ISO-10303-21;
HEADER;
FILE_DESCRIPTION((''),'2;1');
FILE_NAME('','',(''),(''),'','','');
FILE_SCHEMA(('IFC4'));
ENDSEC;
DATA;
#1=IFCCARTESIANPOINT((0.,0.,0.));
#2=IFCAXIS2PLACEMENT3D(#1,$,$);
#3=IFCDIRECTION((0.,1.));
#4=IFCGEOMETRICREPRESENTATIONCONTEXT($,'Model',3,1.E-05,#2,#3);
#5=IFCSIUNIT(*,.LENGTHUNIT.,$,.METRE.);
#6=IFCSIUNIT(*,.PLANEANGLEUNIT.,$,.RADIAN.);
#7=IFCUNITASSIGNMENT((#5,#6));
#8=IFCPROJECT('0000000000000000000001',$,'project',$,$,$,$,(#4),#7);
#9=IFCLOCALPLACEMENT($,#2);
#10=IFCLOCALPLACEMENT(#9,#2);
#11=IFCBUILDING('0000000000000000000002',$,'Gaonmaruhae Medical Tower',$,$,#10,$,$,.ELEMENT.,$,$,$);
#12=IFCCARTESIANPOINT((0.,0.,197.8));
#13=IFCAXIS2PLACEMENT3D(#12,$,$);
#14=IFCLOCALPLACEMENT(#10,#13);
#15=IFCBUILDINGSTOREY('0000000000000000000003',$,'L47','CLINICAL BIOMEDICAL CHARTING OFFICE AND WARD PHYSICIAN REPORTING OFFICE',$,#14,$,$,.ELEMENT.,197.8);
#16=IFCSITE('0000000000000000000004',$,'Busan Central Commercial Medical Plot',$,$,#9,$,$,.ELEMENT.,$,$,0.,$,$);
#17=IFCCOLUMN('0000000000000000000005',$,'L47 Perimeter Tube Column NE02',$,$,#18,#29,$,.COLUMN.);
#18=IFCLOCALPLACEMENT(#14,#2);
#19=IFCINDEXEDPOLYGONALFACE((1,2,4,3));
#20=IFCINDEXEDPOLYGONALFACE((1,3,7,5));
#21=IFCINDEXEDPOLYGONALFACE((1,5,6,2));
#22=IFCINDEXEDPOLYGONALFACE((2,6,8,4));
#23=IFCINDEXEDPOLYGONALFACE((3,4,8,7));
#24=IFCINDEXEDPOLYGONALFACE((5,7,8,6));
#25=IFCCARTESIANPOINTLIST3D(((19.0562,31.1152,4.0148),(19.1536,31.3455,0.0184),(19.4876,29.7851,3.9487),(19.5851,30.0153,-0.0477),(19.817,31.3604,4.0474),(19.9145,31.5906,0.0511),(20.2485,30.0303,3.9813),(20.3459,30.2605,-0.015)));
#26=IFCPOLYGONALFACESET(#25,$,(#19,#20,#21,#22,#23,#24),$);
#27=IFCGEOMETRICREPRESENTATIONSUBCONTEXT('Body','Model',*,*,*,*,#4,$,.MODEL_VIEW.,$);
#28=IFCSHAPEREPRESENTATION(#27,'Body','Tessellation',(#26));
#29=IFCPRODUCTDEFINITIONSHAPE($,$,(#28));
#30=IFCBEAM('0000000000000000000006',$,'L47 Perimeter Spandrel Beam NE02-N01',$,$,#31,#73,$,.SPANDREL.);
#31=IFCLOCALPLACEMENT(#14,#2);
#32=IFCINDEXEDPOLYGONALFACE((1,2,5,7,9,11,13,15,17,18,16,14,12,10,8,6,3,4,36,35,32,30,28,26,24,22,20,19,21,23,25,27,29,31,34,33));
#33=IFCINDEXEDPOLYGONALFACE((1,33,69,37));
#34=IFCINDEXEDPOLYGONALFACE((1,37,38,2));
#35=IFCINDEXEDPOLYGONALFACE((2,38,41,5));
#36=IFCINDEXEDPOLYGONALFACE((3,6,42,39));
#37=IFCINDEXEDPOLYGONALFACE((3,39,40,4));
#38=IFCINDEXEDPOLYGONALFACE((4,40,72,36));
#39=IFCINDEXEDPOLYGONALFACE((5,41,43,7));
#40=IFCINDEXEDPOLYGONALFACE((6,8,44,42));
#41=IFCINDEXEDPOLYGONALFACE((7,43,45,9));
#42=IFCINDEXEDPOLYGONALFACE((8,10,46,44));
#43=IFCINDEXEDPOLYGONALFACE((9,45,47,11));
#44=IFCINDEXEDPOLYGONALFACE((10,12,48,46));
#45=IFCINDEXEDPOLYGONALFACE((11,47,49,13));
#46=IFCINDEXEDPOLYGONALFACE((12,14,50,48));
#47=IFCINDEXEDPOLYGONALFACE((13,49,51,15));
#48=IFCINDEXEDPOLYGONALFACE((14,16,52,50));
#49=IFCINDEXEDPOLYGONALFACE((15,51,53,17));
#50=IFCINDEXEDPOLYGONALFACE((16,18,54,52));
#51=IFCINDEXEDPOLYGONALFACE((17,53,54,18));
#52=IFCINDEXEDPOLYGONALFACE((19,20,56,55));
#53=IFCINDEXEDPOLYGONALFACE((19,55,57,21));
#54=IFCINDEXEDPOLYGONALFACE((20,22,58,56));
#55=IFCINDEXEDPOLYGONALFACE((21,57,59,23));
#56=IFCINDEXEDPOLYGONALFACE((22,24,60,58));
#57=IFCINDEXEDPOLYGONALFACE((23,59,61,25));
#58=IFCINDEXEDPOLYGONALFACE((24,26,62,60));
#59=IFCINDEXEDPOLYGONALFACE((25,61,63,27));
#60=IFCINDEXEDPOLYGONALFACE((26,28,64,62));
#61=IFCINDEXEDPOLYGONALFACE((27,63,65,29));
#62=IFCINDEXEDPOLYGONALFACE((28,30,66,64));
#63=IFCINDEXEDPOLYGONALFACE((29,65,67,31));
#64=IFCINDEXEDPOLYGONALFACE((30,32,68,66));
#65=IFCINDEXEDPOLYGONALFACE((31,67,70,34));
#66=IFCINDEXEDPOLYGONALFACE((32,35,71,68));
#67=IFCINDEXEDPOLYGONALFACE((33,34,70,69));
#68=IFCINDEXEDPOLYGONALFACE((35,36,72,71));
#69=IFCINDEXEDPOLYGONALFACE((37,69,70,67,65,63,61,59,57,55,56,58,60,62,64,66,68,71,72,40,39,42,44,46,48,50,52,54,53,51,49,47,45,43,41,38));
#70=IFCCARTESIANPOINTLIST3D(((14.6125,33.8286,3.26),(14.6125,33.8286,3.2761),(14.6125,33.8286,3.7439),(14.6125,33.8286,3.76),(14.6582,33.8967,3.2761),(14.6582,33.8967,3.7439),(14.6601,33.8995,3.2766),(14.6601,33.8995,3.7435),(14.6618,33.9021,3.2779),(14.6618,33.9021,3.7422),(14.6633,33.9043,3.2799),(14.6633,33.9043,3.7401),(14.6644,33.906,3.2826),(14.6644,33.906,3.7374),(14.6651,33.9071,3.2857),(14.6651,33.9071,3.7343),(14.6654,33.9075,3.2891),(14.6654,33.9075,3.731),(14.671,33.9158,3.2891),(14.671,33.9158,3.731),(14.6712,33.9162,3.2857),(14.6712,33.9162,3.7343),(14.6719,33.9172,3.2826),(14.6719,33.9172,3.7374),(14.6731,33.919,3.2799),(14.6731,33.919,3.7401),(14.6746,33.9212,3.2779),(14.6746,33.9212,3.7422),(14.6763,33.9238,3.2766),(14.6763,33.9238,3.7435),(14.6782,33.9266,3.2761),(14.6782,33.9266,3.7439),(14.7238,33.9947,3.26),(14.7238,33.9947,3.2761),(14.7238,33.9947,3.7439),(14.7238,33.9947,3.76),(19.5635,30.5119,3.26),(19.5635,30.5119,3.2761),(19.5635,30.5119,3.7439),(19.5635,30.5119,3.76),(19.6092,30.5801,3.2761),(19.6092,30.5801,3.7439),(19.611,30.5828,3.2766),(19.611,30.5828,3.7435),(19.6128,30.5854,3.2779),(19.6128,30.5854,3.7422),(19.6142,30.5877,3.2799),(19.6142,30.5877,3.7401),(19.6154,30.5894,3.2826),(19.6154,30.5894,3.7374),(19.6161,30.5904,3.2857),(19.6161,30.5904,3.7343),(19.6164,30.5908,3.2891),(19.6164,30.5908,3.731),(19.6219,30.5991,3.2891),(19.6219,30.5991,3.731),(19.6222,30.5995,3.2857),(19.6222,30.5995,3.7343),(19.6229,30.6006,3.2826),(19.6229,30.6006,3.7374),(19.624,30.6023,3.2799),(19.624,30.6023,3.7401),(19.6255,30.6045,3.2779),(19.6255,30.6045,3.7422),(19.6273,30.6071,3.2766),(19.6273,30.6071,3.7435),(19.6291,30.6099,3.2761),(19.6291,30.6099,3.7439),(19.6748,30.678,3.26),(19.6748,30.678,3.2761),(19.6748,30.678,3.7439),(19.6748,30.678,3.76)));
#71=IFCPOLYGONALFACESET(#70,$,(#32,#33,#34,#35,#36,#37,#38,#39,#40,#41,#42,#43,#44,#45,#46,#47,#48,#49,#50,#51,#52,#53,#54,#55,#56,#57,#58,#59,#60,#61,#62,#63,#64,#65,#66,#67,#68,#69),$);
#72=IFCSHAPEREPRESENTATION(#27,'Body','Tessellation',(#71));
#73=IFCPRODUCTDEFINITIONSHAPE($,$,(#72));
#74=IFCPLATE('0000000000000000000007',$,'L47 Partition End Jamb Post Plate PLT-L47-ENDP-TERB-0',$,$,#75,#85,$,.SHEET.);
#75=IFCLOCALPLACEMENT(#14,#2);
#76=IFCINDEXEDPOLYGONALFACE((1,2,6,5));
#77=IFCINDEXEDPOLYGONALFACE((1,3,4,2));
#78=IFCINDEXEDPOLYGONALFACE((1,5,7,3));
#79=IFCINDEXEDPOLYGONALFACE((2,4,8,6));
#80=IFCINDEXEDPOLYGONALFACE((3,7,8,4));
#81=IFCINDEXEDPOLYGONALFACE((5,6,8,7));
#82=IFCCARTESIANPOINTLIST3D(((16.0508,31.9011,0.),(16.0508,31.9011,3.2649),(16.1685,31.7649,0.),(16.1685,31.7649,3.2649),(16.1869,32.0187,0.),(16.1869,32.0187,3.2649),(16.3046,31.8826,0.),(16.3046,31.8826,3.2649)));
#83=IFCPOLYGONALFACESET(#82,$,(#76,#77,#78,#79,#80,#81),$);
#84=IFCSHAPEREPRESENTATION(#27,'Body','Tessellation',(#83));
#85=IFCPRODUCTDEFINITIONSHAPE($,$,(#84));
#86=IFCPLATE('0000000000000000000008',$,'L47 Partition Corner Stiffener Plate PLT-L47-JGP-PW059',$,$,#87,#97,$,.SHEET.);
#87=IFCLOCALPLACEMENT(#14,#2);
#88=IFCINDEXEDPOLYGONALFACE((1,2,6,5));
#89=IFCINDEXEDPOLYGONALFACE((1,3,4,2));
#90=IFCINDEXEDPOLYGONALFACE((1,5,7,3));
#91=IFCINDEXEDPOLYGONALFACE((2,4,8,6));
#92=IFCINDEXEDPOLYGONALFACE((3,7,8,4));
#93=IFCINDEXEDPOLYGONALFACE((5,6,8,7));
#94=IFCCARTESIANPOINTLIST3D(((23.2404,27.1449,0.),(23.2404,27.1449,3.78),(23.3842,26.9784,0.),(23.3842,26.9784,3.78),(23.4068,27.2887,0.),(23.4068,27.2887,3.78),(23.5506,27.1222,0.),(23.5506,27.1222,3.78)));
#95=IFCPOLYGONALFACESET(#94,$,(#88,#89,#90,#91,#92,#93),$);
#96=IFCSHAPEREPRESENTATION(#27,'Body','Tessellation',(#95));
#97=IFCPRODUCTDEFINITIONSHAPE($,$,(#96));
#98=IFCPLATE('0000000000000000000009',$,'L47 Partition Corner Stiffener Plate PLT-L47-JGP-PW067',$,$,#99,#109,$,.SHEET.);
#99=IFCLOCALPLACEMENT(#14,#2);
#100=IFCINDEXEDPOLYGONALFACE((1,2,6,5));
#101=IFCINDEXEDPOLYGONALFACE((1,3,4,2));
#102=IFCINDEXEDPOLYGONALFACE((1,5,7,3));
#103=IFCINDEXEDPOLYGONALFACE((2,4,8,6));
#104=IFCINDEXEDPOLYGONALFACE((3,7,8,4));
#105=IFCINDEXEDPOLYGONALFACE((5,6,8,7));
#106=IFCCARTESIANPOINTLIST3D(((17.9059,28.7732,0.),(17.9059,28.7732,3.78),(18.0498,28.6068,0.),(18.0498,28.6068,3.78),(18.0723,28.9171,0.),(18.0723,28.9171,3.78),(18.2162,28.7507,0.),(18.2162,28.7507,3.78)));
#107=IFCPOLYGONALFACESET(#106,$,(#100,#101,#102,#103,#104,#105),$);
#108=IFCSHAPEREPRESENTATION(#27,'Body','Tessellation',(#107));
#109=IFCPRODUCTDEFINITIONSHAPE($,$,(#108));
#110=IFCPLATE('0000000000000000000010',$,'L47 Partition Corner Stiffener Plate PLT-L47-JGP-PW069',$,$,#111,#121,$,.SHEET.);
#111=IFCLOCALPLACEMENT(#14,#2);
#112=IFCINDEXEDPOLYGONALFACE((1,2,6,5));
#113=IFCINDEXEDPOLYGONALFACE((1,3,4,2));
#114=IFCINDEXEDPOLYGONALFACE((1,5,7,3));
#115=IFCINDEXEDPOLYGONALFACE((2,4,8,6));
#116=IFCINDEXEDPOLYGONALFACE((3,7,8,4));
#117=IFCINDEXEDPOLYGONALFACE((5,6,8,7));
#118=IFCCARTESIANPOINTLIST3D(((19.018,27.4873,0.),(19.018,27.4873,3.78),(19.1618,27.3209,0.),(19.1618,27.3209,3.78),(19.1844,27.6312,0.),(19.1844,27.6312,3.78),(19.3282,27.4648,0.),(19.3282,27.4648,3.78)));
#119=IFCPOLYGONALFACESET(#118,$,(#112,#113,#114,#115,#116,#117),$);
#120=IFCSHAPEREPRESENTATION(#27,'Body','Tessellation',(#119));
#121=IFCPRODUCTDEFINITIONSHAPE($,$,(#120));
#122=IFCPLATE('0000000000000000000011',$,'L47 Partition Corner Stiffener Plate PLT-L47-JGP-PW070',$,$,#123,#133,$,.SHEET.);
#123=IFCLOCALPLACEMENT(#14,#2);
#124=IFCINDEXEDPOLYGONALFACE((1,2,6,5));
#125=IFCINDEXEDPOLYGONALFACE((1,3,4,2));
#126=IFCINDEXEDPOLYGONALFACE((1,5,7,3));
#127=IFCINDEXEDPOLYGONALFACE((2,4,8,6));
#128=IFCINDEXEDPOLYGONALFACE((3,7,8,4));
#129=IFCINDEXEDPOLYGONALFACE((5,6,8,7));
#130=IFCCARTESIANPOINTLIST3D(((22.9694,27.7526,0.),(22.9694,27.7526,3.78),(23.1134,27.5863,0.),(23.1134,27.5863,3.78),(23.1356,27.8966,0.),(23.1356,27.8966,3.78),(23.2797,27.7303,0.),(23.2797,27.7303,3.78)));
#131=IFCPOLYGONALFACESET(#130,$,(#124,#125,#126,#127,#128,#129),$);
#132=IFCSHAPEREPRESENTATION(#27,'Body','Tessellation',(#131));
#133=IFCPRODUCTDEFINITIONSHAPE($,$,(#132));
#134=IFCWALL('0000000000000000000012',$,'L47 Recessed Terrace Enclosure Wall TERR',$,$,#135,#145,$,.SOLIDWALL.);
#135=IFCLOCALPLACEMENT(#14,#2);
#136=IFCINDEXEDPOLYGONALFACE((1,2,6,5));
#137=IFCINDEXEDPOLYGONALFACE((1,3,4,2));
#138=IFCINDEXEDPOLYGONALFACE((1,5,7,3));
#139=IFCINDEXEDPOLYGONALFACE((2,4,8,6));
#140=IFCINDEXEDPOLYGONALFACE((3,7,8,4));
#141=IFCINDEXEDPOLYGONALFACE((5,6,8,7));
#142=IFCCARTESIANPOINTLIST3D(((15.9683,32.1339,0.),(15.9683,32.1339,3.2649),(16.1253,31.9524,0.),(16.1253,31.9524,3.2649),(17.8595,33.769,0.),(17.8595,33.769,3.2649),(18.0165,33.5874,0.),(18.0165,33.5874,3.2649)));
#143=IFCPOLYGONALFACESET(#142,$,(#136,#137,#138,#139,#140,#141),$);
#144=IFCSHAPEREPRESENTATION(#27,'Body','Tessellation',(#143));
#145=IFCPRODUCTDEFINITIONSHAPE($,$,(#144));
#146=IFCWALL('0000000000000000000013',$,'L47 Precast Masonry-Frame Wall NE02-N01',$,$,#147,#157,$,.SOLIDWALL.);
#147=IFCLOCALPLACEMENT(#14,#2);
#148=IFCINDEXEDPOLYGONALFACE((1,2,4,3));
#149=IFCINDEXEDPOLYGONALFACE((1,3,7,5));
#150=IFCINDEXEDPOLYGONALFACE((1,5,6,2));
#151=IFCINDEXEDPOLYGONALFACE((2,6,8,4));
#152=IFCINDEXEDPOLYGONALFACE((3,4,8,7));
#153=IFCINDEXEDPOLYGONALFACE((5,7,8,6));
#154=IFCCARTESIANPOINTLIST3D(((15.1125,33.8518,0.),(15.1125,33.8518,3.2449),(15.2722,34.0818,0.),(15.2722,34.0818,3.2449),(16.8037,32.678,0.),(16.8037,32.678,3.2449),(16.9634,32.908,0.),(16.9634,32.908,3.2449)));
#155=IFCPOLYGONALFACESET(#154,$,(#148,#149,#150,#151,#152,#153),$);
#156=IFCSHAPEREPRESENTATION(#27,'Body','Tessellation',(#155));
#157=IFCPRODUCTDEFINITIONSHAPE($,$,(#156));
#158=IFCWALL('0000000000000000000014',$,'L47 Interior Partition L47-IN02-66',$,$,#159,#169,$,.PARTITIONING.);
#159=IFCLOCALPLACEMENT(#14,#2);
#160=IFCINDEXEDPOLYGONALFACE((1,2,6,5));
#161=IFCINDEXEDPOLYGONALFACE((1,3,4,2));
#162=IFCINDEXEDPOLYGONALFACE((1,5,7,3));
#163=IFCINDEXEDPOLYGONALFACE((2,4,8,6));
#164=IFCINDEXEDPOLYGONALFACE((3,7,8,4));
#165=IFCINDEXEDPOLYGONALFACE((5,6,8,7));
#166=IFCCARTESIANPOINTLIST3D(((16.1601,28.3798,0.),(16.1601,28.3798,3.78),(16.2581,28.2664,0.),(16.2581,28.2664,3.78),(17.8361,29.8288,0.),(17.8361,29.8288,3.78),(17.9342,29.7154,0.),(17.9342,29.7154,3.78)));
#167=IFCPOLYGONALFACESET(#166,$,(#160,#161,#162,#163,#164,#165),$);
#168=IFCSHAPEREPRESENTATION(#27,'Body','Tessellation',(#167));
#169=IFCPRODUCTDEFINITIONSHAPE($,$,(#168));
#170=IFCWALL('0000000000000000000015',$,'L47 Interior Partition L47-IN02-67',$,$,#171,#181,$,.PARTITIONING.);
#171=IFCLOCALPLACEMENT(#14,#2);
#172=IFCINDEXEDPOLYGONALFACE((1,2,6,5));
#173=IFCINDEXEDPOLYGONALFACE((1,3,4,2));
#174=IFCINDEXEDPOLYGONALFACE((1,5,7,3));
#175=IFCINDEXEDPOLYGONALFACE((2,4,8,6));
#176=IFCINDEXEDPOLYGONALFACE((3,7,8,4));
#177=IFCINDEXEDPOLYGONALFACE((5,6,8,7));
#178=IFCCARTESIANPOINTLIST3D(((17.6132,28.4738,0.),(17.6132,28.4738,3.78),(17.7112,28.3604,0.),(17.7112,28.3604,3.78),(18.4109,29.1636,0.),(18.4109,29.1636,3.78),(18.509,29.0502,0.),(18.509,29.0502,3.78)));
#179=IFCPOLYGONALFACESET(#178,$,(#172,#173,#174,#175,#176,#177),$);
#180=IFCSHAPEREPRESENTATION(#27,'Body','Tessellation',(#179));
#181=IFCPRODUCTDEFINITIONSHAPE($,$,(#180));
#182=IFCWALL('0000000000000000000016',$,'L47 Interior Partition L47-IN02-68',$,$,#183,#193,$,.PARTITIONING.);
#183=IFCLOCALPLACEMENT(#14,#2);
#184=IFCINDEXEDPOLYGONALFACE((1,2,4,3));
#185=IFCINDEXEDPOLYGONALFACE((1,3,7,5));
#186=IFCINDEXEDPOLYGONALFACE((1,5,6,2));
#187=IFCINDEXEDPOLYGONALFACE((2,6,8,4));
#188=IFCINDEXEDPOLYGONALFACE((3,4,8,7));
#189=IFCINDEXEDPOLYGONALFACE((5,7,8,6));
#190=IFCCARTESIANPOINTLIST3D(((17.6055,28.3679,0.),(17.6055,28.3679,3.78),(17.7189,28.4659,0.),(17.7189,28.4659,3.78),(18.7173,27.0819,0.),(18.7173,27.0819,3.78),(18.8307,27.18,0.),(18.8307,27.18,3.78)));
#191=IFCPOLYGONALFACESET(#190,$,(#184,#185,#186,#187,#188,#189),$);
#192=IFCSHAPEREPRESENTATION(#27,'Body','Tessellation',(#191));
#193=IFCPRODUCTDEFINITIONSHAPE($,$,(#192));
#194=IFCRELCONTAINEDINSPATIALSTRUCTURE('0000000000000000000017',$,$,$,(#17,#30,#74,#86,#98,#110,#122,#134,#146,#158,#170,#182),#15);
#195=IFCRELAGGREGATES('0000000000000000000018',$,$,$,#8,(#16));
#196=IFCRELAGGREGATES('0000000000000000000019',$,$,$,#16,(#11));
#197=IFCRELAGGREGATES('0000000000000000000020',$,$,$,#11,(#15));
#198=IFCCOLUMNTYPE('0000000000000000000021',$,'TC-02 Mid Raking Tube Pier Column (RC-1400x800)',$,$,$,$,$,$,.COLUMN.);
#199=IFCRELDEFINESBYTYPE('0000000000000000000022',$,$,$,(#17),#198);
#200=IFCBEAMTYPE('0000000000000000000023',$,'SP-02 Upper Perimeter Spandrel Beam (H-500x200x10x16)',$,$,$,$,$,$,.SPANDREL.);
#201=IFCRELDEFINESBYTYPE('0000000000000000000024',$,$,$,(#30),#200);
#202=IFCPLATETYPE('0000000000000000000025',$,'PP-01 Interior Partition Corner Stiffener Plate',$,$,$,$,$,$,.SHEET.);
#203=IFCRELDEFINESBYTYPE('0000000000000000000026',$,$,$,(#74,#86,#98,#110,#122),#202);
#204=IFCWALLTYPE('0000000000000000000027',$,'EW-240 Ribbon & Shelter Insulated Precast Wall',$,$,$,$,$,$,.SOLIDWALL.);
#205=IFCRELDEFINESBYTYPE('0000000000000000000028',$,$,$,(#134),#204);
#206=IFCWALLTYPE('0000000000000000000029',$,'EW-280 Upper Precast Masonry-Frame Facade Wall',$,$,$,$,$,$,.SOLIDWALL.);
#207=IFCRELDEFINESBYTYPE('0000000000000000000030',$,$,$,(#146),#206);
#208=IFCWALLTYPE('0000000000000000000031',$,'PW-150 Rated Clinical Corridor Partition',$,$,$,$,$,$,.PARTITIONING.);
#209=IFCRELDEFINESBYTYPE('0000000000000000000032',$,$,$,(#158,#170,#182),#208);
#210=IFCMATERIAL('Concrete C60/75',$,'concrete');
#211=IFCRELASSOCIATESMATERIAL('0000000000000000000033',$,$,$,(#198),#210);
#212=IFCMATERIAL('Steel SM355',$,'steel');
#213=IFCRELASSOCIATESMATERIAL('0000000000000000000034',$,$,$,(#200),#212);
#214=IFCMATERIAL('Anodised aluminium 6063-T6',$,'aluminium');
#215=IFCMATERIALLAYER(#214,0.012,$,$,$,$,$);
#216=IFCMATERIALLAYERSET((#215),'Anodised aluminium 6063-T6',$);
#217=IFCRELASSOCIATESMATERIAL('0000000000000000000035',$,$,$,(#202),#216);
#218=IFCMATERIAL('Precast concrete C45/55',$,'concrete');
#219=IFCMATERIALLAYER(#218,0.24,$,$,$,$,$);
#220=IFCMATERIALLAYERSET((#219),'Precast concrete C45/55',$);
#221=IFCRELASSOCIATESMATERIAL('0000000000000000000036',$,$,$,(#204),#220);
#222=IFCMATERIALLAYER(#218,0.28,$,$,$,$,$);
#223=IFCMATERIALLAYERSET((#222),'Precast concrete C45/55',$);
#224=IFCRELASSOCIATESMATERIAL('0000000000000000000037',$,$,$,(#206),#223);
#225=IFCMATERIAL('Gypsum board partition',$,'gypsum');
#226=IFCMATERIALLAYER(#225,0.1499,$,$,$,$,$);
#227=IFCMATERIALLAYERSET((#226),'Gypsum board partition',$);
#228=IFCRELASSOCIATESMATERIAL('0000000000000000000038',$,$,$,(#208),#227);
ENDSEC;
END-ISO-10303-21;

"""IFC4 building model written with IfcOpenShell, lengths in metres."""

from ifc_helpers import new_model, si_unit, direction, frame, frame_2d, origin, origin_2d, place, context, subcontext, project, spatial, rectangle, i_section, extrude, material, layer, layer_set, material_profile, profile_set, type_object, element, save


model = new_model("IFC4")

# Units and contexts
model_context = context("Model", 3, precision=1e-05, world=origin(), true_north=direction((0.0, 1.0)))
body_context = subcontext(model_context, "Body", "Model", "MODEL_VIEW")
ifc_project = project(units=[si_unit("LENGTHUNIT", "METRE"), si_unit("PLANEANGLEUNIT", "RADIAN")], contexts=[model_context])

# Site, building, storey
site_placement = place(None, origin())
site = spatial("IfcSite", under=ifc_project, at=site_placement, Name="Busan Central Commercial Medical Plot", CompositionType="ELEMENT", RefElevation=0.0)
building_placement = place(site_placement, origin())
building = spatial("IfcBuilding", under=site, at=building_placement, Name="Gaonmaruhae Medical Tower", CompositionType="ELEMENT")
storey_placement = place(building_placement, frame((0.0, 0.0, 197.8)))
storey = spatial("IfcBuildingStorey", under=building, at=storey_placement, Name="L47", Description="CLINICAL BIOMEDICAL CHARTING OFFICE AND WARD PHYSICIAN REPORTING OFFICE", CompositionType="ELEMENT", Elevation=197.8)

# Column
ifc_material_1 = material(Name="Concrete C60/75", Category="concrete")
ifc_material_profile_1 = material_profile(ifc_material_1, rectangle(XDim=1.3999, YDim=0.8, at=origin_2d()), Name="RC-1400x800")
ifc_profile_set_1 = profile_set([ifc_material_profile_1], Name="Concrete C60/75")
column_type = type_object("IfcColumnType", Name="TC-02 Mid Raking Tube Pier Column (RC-1400x800)", PredefinedType="COLUMN", material=ifc_profile_set_1)
column_placement = place(storey_placement, frame((19.7498, 30.803, 0.0017), z_axis=(-0.024328, -0.057497, 0.998049), x_axis=(-0.308196, 0.95015, 0.047225)))
element("IfcColumn", 1, at=column_placement, inside=storey, type_object=column_type, Name="L47 Perimeter Tube Column NE02", PredefinedType="COLUMN", context=body_context, shape_type="SweptSolid", body=[
    extrude(rectangle(XDim=1.3999, YDim=0.8, at=origin_2d()), origin(), (0.0, 0.0, 1.0), 4.0042),
])

# Beam
ifc_material_2 = material(Name="Steel SM355", Category="steel")
ifc_material_profile_2 = material_profile(ifc_material_2, i_section(OverallWidth=0.2, OverallDepth=0.5, WebThickness=0.01, FlangeThickness=0.0161, FilletRadius=0.0129, at=origin_2d()), Name="H-500x200x10x16")
ifc_profile_set_2 = profile_set([ifc_material_profile_2], Name="Steel SM355")
beam_type = type_object("IfcBeamType", Name="SP-02 Upper Perimeter Spandrel Beam (H-500x200x10x16)", PredefinedType="SPANDREL", material=ifc_profile_set_2)
beam_placement = place(storey_placement, frame((19.6191, 30.595, 3.51), z_axis=(-0.830807, 0.556561, 0.0), x_axis=(-0.556561, -0.830807, 0.0)))
element("IfcBeam", 2, at=beam_placement, inside=storey, type_object=beam_type, Name="L47 Perimeter Spandrel Beam NE02-N01", PredefinedType="SPANDREL", context=body_context, shape_type="SweptSolid", body=[
    extrude(i_section(OverallWidth=0.2, OverallDepth=0.5, WebThickness=0.01, FlangeThickness=0.0161, FilletRadius=0.0129, at=origin_2d()), origin(), (0.0, 0.0, 1.0), 5.9592),
])

# Plates
ifc_material_3 = material(Name="Anodised aluminium 6063-T6", Category="aluminium")
ifc_layer_1 = layer(ifc_material_3, 0.012)
ifc_layer_set_1 = layer_set([ifc_layer_1], Name="Anodised aluminium 6063-T6")
plate_type = type_object("IfcPlateType", Name="PP-01 Interior Partition Corner Stiffener Plate", PredefinedType="SHEET", material=ifc_layer_set_1)
plate_placement = place(storey_placement, frame((16.1777, 31.8918, 0.0), z_axis=(0.0, 0.0, 1.0), x_axis=(0.654081, -0.756425, 0.0)))
element("IfcPlate", 3, at=plate_placement, inside=storey, type_object=plate_type, Name="L47 Partition End Jamb Post Plate PLT-L47-ENDP-TERB-0", PredefinedType="SHEET", context=body_context, shape_type="SweptSolid", body=[
    extrude(rectangle(XDim=0.1799, YDim=0.1799, at=origin_2d()), origin(), (0.0, 0.0, 1.0), 3.2649),
])
for number, where, z_axis, x_axis, name in (
    (4, (23.3955, 27.1335, 0.0), (0.0, 0.0, 1.0), (0.756778, 0.653672, 0.0), "L47 Partition Corner Stiffener Plate PLT-L47-JGP-PW059"),
    (5, (18.061, 28.762, 0.0), (0.0, 0.0, 1.0), (-0.756436, -0.654068, 0.0), "L47 Partition Corner Stiffener Plate PLT-L47-JGP-PW067"),
    (6, (19.1731, 27.4761, 0.0), (0.0, 0.0, 1.0), (0.756436, 0.654068, 0.0), "L47 Partition Corner Stiffener Plate PLT-L47-JGP-PW069"),
    (7, (23.1245, 27.7415, 0.0), (0.0, 0.0, 1.0), (0.654794, -0.755808, 0.0), "L47 Partition Corner Stiffener Plate PLT-L47-JGP-PW070"),
):
    element("IfcPlate", number, at=place(storey_placement, frame(where, z_axis=z_axis, x_axis=x_axis)), inside=storey, type_object=plate_type, Name=name, PredefinedType="SHEET", context=body_context, shape_type="SweptSolid", body=[
        extrude(rectangle(XDim=0.22, YDim=0.22, at=origin_2d()), origin(), (0.0, 0.0, 1.0), 3.78),
    ])

# Shared definitions
ifc_material_4 = material(Name="Precast concrete C45/55", Category="concrete")
ifc_layer_2 = layer(ifc_material_4, 0.24)
ifc_layer_set_2 = layer_set([ifc_layer_2], Name="Precast concrete C45/55")
wall_type_1 = type_object("IfcWallType", Name="EW-240 Ribbon & Shelter Insulated Precast Wall", PredefinedType="SOLIDWALL", material=ifc_layer_set_2)

# Walls
wall_1_placement = place(storey_placement, frame((17.938, 33.6782, 0.0), z_axis=(0.0, 0.0, 1.0), x_axis=(-0.756472, -0.654027, 0.0)))
element("IfcWall", 8, at=wall_1_placement, inside=storey, type_object=wall_type_1, Name="L47 Recessed Terrace Enclosure Wall TERR", PredefinedType="SOLIDWALL", context=body_context, shape_type="SweptSolid", body=[
    extrude(rectangle(XDim=2.5, YDim=0.24, at=frame_2d((1.25, 0.0))), origin(), (0.0, 0.0, 1.0), 3.2649),
])
ifc_layer_3 = layer(ifc_material_4, 0.28)
ifc_layer_set_3 = layer_set([ifc_layer_3], Name="Precast concrete C45/55")
wall_type_2 = type_object("IfcWallType", Name="EW-280 Upper Precast Masonry-Frame Facade Wall", PredefinedType="SOLIDWALL", material=ifc_layer_set_3)
wall_2_placement = place(storey_placement, frame((15.1924, 33.9668, 0.0), z_axis=(0.0, 0.0, 1.0), x_axis=(0.821504, -0.570202, 0.0)))
element("IfcWall", 9, at=wall_2_placement, inside=storey, type_object=wall_type_2, Name="L47 Precast Masonry-Frame Wall NE02-N01", PredefinedType="SOLIDWALL", context=body_context, shape_type="SweptSolid", body=[
    extrude(rectangle(XDim=2.0586, YDim=0.28, at=frame_2d((1.0293, 0.0))), origin(), (0.0, 0.0, 1.0), 3.2449),
])
ifc_material_5 = material(Name="Gypsum board partition", Category="gypsum")
ifc_layer_4 = layer(ifc_material_5, 0.1499)
ifc_layer_set_4 = layer_set([ifc_layer_4], Name="Gypsum board partition")
wall_type_3 = type_object("IfcWallType", Name="PW-150 Rated Clinical Corridor Partition", PredefinedType="PARTITIONING", material=ifc_layer_set_4)
wall_3_placement = place(storey_placement, frame((16.209, 28.323, 0.0), z_axis=(0.0, 0.0, 1.0), x_axis=(0.756488, 0.654007, 0.0)))
element("IfcWall", 10, at=wall_3_placement, inside=storey, type_object=wall_type_3, Name="L47 Interior Partition L47-IN02-66", PredefinedType="PARTITIONING", context=body_context, shape_type="SweptSolid", body=[
    extrude(rectangle(XDim=2.2156, YDim=0.1499, at=frame_2d((1.1079, 0.0))), origin(), (0.0, 0.0, 1.0), 3.78),
])
wall_4_placement = place(storey_placement, frame((18.46, 29.1069, 0.0), z_axis=(0.0, 0.0, 1.0), x_axis=(-0.756407, -0.654102, 0.0)))
element("IfcWall", 11, at=wall_4_placement, inside=storey, type_object=wall_type_3, Name="L47 Interior Partition L47-IN02-67", PredefinedType="PARTITIONING", context=body_context, shape_type="SweptSolid", body=[
    extrude(rectangle(XDim=1.0547, YDim=0.1499, at=frame_2d((0.5273, 0.0))), origin(), (0.0, 0.0, 1.0), 3.78),
])
wall_5_placement = place(storey_placement, frame((17.6621, 28.417, 0.0), z_axis=(0.0, 0.0, 1.0), x_axis=(0.65405, -0.756452, 0.0)))
element("IfcWall", 12, at=wall_5_placement, inside=storey, type_object=wall_type_3, Name="L47 Interior Partition L47-IN02-68", PredefinedType="PARTITIONING", context=body_context, shape_type="SweptSolid", body=[
    extrude(rectangle(XDim=1.7, YDim=0.1499, at=frame_2d((0.8501, 0.0))), origin(), (0.0, 0.0, 1.0), 3.78),
])

save(model, "model.ifc")
